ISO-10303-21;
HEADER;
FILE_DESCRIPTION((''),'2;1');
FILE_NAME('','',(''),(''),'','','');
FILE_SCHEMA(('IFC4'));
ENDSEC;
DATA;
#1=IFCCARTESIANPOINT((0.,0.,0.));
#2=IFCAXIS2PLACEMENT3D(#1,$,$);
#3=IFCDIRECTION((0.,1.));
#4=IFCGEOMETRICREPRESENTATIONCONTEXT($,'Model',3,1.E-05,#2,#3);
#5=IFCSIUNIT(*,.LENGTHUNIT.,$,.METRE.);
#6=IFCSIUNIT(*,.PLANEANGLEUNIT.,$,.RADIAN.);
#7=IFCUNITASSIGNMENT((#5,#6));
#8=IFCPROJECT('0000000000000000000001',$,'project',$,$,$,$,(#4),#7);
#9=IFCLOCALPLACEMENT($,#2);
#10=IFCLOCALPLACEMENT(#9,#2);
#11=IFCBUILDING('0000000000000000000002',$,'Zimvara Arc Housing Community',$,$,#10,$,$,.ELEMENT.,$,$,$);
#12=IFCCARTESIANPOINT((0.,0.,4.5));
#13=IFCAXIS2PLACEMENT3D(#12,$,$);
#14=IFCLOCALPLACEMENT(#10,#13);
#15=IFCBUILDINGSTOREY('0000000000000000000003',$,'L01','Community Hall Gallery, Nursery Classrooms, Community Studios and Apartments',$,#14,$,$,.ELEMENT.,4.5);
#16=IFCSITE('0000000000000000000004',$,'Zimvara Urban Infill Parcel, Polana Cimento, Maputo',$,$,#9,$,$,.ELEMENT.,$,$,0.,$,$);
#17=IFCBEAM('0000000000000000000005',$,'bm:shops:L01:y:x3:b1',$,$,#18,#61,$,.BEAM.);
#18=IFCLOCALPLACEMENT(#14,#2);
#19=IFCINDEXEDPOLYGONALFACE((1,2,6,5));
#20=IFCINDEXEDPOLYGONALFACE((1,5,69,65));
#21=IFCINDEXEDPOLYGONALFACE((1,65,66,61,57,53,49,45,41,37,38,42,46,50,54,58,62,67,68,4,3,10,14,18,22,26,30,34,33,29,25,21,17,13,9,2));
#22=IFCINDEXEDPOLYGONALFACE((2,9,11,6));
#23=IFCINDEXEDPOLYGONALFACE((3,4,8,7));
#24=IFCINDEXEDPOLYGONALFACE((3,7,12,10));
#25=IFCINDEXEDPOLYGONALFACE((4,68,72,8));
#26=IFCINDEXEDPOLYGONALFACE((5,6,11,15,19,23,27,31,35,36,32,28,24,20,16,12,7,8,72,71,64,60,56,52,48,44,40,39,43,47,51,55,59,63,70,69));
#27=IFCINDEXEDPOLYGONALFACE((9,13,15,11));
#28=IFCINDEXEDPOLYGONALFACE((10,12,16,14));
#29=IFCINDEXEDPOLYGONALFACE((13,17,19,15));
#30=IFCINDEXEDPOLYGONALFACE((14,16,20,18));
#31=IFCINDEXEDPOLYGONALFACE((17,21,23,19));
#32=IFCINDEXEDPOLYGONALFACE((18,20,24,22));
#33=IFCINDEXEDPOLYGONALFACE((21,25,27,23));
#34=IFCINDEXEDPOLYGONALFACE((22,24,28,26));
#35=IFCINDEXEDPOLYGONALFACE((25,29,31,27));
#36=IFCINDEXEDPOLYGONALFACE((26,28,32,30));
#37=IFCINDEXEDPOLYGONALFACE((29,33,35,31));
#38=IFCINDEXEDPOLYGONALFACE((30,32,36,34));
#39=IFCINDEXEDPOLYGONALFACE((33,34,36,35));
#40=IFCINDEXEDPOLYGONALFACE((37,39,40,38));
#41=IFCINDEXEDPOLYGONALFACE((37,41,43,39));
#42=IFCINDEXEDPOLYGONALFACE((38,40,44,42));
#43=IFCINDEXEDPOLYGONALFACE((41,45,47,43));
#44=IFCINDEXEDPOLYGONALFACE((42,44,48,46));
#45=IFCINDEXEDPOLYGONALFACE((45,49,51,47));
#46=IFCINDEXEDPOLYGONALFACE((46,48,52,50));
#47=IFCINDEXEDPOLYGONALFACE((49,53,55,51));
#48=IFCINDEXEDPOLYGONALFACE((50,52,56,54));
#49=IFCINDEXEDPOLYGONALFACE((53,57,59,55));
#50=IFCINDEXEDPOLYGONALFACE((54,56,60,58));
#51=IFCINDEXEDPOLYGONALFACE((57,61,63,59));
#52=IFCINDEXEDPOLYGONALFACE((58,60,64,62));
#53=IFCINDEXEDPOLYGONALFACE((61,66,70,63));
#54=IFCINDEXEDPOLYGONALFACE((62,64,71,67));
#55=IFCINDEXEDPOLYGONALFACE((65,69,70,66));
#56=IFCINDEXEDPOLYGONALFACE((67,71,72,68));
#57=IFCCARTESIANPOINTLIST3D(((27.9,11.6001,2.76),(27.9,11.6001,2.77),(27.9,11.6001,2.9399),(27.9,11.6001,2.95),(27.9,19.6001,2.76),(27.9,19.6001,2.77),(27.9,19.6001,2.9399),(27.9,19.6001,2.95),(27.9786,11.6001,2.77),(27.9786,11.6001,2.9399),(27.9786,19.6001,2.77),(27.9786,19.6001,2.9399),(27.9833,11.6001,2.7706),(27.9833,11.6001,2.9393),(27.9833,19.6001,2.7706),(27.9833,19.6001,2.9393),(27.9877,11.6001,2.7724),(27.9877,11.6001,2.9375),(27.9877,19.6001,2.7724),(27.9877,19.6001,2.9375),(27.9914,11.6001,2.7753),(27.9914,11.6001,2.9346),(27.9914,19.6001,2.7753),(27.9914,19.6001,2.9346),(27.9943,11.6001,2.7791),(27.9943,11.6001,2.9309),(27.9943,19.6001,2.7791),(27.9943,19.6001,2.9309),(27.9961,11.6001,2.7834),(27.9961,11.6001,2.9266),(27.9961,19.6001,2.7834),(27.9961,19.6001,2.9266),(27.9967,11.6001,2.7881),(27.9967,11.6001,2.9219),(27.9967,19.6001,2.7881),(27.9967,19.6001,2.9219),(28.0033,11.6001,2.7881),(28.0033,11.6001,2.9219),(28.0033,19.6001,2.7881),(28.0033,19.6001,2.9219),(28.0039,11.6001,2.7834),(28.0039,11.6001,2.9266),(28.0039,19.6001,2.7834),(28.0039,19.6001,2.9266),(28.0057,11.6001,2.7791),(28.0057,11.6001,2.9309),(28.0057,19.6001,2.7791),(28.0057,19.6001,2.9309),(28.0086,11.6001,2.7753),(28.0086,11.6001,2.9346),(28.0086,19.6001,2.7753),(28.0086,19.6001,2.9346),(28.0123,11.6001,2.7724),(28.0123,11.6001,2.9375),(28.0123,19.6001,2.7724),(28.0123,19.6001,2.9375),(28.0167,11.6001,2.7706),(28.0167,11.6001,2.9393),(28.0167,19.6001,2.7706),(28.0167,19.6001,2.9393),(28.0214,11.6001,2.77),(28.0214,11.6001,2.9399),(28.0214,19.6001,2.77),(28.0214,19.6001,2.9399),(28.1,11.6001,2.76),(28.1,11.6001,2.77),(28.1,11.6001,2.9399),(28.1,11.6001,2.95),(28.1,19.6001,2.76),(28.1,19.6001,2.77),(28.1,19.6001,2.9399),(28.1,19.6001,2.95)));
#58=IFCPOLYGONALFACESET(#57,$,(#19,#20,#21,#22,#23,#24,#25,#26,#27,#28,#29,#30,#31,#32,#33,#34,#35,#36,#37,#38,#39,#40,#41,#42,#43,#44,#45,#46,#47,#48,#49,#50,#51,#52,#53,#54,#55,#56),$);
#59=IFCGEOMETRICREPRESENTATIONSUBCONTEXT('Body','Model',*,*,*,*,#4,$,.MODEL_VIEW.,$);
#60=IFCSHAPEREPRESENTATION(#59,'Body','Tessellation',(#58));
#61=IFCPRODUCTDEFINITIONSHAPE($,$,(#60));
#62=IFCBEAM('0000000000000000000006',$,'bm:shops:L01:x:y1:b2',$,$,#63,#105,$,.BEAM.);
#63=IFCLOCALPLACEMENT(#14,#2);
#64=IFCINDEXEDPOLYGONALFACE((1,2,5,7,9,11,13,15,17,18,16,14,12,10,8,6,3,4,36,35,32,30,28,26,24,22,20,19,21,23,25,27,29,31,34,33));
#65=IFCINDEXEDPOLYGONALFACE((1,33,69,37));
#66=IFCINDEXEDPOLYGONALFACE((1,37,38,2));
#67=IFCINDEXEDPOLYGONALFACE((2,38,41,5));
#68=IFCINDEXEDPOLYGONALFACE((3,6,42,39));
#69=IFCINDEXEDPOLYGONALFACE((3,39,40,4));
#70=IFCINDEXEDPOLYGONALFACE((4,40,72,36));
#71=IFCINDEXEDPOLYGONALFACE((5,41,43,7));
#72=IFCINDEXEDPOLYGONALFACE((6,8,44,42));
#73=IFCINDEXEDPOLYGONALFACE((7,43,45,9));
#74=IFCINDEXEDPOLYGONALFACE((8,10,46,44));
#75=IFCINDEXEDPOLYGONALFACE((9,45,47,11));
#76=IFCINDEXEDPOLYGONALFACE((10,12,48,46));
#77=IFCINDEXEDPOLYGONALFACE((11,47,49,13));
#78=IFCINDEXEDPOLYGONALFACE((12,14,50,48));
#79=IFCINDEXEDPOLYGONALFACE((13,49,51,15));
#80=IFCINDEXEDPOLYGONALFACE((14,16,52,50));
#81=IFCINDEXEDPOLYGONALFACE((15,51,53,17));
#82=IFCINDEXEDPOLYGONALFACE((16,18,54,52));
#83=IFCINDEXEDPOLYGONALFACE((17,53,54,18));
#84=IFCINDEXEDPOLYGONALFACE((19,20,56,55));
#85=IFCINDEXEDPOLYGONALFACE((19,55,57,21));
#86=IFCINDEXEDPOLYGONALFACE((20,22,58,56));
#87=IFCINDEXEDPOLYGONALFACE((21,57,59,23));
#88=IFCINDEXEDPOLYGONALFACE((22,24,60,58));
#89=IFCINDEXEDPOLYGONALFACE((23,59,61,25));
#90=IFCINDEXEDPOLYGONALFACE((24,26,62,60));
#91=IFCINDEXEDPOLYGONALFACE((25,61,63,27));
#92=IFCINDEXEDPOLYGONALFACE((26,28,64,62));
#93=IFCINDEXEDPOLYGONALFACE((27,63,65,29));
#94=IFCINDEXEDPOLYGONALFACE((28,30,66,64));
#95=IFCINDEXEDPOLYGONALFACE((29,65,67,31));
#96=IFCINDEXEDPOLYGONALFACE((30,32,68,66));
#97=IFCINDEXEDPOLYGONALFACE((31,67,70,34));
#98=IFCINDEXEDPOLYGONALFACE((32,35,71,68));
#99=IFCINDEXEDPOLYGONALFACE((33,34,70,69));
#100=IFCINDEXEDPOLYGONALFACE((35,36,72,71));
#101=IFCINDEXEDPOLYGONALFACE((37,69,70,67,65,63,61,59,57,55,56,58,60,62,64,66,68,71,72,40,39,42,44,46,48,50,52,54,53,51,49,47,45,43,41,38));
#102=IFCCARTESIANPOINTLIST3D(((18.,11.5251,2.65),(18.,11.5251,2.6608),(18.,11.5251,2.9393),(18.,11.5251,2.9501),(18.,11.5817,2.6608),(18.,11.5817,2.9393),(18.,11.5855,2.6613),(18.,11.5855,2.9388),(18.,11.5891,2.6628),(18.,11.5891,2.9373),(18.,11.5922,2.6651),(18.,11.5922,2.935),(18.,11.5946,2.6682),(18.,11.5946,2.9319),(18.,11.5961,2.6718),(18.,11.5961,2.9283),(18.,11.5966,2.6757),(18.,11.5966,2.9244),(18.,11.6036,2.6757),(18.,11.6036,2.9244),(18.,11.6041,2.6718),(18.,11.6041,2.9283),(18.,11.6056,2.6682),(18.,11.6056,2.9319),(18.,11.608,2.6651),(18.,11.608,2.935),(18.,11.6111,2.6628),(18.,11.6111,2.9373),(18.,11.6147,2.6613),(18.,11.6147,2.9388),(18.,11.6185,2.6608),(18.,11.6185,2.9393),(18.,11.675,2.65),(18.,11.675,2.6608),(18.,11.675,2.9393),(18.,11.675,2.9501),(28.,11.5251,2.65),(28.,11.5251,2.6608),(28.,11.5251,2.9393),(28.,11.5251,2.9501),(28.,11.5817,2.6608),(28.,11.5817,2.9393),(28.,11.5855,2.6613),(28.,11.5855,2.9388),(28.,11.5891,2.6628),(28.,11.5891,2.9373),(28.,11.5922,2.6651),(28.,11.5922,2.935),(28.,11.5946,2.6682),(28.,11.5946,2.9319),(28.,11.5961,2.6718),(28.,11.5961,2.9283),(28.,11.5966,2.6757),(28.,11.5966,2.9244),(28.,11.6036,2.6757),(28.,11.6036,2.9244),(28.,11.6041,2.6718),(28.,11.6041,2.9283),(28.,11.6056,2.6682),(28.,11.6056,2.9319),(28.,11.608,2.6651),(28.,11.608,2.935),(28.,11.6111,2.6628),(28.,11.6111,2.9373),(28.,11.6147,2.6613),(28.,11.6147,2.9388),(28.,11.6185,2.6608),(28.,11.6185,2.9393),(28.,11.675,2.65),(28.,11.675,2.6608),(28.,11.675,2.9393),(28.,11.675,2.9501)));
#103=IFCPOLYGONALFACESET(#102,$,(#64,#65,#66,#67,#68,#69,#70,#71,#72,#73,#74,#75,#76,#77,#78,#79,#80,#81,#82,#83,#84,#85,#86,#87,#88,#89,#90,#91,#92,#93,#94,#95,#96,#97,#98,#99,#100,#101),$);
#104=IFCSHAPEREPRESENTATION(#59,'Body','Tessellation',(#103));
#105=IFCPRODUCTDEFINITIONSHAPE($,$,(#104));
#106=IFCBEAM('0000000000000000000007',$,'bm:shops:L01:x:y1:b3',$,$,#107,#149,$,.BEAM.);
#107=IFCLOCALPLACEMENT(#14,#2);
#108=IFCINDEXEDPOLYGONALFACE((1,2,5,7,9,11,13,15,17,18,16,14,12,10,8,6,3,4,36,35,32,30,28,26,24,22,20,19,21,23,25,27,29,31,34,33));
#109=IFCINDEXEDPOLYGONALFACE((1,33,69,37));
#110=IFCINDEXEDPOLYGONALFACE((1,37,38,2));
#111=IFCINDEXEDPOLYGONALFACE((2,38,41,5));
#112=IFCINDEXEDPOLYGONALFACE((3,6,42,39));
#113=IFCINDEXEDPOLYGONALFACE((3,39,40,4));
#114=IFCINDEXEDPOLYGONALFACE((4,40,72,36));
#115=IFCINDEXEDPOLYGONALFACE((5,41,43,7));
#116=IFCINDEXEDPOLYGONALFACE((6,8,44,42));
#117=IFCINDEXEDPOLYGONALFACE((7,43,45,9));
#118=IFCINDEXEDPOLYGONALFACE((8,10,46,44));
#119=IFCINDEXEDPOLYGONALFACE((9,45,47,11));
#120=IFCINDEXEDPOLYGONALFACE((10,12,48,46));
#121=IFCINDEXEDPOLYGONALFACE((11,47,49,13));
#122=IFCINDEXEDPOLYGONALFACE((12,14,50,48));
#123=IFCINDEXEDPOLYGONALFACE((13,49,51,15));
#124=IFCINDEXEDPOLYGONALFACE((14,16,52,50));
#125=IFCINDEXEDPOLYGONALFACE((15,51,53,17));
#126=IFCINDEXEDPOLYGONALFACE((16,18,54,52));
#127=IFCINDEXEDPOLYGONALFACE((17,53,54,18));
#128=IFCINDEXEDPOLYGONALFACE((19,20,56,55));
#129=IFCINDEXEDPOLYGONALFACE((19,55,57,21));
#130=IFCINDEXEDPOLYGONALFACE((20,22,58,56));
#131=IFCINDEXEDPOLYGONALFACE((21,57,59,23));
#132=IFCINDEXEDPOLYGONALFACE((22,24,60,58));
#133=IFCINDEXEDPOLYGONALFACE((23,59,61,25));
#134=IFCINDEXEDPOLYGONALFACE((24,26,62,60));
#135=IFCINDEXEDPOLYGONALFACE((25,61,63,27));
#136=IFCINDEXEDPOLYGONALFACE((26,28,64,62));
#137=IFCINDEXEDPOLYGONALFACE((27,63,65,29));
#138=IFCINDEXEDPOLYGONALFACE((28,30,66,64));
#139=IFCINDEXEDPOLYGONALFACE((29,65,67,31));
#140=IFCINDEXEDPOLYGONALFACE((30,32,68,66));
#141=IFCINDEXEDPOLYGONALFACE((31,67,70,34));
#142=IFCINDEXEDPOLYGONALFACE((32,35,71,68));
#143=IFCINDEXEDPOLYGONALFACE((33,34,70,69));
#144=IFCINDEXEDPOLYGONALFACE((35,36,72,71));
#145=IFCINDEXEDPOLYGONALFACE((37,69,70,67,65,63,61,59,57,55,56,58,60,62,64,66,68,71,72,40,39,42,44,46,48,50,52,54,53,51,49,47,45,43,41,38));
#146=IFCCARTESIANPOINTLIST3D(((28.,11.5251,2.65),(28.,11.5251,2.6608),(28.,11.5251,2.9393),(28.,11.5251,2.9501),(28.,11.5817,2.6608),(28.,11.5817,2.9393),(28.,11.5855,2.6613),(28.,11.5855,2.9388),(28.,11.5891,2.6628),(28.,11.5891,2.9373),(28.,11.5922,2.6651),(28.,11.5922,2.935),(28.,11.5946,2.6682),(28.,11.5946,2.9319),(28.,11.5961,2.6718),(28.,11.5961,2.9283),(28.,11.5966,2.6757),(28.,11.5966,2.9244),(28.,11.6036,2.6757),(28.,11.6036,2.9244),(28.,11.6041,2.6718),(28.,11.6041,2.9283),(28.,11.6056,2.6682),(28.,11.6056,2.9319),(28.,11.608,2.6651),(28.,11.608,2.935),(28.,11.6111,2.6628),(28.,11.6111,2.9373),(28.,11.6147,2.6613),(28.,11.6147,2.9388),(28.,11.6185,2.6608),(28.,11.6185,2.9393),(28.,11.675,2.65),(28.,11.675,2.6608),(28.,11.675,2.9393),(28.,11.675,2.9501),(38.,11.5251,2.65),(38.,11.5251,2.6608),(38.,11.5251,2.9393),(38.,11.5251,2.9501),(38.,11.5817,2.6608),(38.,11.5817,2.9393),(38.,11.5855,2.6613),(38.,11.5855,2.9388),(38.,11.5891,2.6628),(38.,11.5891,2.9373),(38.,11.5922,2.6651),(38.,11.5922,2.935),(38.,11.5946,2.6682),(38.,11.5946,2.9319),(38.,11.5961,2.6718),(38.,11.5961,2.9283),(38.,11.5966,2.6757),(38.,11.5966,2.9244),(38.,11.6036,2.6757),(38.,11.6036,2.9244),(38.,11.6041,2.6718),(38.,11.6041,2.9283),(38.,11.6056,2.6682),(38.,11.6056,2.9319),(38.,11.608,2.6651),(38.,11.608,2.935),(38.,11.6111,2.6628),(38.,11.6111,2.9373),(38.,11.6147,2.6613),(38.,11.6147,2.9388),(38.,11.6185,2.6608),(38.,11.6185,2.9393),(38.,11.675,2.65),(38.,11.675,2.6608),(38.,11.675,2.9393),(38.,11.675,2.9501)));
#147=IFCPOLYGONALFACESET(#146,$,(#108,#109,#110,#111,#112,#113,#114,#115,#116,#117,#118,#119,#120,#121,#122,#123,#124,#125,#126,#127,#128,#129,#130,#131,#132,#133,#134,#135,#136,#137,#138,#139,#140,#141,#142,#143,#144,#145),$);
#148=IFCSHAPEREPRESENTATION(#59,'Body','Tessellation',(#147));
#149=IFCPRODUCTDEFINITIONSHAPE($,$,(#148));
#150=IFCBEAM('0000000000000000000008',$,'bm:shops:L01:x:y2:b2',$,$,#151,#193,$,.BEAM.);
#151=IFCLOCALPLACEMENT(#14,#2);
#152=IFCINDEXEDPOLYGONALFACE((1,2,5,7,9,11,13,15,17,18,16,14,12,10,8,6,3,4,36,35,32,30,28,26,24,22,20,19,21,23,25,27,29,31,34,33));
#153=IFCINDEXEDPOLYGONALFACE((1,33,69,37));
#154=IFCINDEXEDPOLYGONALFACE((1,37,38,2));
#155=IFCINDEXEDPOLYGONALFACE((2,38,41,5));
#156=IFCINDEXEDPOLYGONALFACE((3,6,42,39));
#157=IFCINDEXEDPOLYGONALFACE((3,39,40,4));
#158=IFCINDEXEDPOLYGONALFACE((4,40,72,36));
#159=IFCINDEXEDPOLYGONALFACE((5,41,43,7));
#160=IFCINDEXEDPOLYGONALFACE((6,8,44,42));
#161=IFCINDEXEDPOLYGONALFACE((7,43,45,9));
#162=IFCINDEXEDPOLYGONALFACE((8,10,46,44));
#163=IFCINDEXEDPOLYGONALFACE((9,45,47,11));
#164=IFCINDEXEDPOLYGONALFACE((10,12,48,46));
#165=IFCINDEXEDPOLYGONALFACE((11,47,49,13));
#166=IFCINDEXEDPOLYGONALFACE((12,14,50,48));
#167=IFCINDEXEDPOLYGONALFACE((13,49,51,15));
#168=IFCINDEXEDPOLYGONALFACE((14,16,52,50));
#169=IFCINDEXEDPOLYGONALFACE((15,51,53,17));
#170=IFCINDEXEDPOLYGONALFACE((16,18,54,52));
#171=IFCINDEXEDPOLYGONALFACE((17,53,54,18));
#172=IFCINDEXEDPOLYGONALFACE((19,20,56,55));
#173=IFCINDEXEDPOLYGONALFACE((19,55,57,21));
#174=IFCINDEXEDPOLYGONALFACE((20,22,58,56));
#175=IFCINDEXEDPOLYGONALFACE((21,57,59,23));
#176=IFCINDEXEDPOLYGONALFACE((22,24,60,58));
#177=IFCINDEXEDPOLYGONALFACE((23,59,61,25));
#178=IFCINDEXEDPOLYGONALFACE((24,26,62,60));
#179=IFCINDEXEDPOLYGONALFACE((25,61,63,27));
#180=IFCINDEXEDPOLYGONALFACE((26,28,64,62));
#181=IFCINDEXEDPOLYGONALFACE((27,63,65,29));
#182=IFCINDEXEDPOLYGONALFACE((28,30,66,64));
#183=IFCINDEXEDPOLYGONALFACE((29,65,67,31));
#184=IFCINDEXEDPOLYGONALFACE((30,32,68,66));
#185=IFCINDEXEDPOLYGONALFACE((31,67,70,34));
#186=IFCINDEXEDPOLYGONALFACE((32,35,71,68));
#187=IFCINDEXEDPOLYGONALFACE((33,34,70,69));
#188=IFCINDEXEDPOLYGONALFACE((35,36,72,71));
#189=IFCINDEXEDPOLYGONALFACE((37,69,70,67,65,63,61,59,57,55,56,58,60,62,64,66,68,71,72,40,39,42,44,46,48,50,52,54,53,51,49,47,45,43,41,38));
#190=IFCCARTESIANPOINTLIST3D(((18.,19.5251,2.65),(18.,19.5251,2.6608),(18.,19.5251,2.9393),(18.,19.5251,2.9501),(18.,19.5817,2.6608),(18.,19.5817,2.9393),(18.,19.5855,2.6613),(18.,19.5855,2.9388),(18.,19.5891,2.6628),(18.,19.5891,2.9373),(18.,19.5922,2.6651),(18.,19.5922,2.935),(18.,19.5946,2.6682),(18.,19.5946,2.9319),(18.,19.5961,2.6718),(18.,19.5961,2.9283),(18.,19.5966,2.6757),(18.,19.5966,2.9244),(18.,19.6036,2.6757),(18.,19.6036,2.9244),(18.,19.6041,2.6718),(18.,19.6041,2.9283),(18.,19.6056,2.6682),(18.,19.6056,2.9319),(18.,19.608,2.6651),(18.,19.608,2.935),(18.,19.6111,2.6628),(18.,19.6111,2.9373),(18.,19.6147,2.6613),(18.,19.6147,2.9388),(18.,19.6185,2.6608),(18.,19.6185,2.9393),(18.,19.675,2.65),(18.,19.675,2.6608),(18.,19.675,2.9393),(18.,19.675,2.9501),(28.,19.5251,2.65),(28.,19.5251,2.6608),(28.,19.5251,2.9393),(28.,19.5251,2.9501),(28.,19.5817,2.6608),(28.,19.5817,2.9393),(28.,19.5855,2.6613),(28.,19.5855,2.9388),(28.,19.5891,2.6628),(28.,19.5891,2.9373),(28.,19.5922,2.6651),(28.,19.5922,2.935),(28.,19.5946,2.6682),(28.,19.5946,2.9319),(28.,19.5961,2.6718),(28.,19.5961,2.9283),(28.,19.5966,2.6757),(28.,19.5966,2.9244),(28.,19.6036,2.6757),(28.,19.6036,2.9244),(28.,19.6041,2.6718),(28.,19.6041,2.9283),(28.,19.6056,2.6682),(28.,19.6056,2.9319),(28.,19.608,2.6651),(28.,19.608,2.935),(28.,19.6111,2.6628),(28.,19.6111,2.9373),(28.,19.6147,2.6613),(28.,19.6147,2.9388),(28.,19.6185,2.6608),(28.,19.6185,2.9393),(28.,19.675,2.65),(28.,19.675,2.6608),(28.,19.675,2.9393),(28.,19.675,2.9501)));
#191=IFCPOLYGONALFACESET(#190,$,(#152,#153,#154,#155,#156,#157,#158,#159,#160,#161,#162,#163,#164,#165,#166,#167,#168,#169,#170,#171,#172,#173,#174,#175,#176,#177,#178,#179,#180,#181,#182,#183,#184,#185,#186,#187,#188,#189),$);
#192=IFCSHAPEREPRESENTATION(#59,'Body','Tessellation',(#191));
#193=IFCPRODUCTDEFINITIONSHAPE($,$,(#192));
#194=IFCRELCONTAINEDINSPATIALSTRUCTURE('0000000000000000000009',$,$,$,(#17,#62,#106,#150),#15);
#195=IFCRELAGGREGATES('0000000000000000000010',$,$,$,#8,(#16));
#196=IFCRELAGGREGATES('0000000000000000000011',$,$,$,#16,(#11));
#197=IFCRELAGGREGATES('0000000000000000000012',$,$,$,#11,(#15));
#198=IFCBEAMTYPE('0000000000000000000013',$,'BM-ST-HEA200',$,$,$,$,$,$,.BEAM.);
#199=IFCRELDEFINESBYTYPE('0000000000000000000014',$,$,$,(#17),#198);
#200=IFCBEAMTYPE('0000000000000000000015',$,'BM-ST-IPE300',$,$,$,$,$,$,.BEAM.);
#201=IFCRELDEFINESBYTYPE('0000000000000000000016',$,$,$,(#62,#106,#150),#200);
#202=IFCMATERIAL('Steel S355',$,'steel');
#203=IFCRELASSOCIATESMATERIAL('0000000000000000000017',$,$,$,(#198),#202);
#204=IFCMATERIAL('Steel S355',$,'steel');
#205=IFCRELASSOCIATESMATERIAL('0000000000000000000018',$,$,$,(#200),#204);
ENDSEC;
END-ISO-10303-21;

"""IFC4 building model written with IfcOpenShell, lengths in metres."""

from ifc_helpers import new_model, si_unit, direction, frame, origin, origin_2d, place, context, subcontext, project, spatial, i_section, extrude, material, material_profile, profile_set, type_object, element, save


model = new_model("IFC4")

# Units and contexts
model_context = context("Model", 3, precision=1e-05, world=origin(), true_north=direction((0.0, 1.0)))
body_context = subcontext(model_context, "Body", "Model", "MODEL_VIEW")
ifc_project = project(units=[si_unit("LENGTHUNIT", "METRE"), si_unit("PLANEANGLEUNIT", "RADIAN")], contexts=[model_context])

# Site, building, storey
site_placement = place(None, origin())
site = spatial("IfcSite", under=ifc_project, at=site_placement, Name="Zimvara Urban Infill Parcel, Polana Cimento, Maputo", CompositionType="ELEMENT", RefElevation=0.0)
building_placement = place(site_placement, origin())
building = spatial("IfcBuilding", under=site, at=building_placement, Name="Zimvara Arc Housing Community", CompositionType="ELEMENT")
storey_placement = place(building_placement, frame((0.0, 0.0, 4.5)))
storey = spatial("IfcBuildingStorey", under=building, at=storey_placement, Name="L01", Description="Community Hall Gallery, Nursery Classrooms, Community Studios and Apartments", CompositionType="ELEMENT", Elevation=4.5)

# Beams
ifc_material_1 = material(Name="Steel S355", Category="steel")
ifc_material_profile_1 = material_profile(ifc_material_1, i_section(OverallWidth=0.2, OverallDepth=0.1899, WebThickness=0.0066, FlangeThickness=0.01, FilletRadius=0.0181, at=origin_2d()), Name="HEA 200")
ifc_profile_set_1 = profile_set([ifc_material_profile_1], Name="Steel S355")
beam_type_1 = type_object("IfcBeamType", Name="BM-ST-HEA200", PredefinedType="BEAM", material=ifc_profile_set_1)
for number, where, z_axis, x_axis, name in (
    (1, (28.0, 11.6001, 2.855), (0.0, 1.0, 0.0), (-1.0, 0.0, 0.0), "bm:shops:L01:y:x3:b1"),
):
    element("IfcBeam", number, at=place(storey_placement, frame(where, z_axis=z_axis, x_axis=x_axis)), inside=storey, type_object=beam_type_1, Name=name, PredefinedType="BEAM", context=body_context, shape_type="SweptSolid", body=[
        extrude(i_section(OverallWidth=0.2, OverallDepth=0.1899, WebThickness=0.0066, FlangeThickness=0.01, FilletRadius=0.0181, at=origin_2d()), origin(), (0.0, 0.0, 1.0), 8.0),
    ])
ifc_material_2 = material(Name="Steel S355", Category="steel")
ifc_material_profile_2 = material_profile(ifc_material_2, i_section(OverallWidth=0.1499, OverallDepth=0.3, WebThickness=0.0071, FlangeThickness=0.0107, FilletRadius=0.0149, at=origin_2d()), Name="IPE 300")
ifc_profile_set_2 = profile_set([ifc_material_profile_2], Name="Steel S355")
beam_type_2 = type_object("IfcBeamType", Name="BM-ST-IPE300", PredefinedType="BEAM", material=ifc_profile_set_2)
for number, where, z_axis, x_axis, name in (
    (2, (18.0, 11.6001, 2.8), (1.0, 0.0, 0.0), (0.0, 1.0, 0.0), "bm:shops:L01:x:y1:b2"),
    (3, (28.0, 11.6001, 2.8), (1.0, 0.0, 0.0), (0.0, 1.0, 0.0), "bm:shops:L01:x:y1:b3"),
    (4, (18.0, 19.6001, 2.8), (1.0, 0.0, 0.0), (0.0, 1.0, 0.0), "bm:shops:L01:x:y2:b2"),
):
    element("IfcBeam", number, at=place(storey_placement, frame(where, z_axis=z_axis, x_axis=x_axis)), inside=storey, type_object=beam_type_2, Name=name, PredefinedType="BEAM", context=body_context, shape_type="SweptSolid", body=[
        extrude(i_section(OverallWidth=0.1499, OverallDepth=0.3, WebThickness=0.0071, FlangeThickness=0.0107, FilletRadius=0.0149, at=origin_2d()), origin(), (0.0, 0.0, 1.0), 10.0),
    ])

save(model, "model.ifc")
